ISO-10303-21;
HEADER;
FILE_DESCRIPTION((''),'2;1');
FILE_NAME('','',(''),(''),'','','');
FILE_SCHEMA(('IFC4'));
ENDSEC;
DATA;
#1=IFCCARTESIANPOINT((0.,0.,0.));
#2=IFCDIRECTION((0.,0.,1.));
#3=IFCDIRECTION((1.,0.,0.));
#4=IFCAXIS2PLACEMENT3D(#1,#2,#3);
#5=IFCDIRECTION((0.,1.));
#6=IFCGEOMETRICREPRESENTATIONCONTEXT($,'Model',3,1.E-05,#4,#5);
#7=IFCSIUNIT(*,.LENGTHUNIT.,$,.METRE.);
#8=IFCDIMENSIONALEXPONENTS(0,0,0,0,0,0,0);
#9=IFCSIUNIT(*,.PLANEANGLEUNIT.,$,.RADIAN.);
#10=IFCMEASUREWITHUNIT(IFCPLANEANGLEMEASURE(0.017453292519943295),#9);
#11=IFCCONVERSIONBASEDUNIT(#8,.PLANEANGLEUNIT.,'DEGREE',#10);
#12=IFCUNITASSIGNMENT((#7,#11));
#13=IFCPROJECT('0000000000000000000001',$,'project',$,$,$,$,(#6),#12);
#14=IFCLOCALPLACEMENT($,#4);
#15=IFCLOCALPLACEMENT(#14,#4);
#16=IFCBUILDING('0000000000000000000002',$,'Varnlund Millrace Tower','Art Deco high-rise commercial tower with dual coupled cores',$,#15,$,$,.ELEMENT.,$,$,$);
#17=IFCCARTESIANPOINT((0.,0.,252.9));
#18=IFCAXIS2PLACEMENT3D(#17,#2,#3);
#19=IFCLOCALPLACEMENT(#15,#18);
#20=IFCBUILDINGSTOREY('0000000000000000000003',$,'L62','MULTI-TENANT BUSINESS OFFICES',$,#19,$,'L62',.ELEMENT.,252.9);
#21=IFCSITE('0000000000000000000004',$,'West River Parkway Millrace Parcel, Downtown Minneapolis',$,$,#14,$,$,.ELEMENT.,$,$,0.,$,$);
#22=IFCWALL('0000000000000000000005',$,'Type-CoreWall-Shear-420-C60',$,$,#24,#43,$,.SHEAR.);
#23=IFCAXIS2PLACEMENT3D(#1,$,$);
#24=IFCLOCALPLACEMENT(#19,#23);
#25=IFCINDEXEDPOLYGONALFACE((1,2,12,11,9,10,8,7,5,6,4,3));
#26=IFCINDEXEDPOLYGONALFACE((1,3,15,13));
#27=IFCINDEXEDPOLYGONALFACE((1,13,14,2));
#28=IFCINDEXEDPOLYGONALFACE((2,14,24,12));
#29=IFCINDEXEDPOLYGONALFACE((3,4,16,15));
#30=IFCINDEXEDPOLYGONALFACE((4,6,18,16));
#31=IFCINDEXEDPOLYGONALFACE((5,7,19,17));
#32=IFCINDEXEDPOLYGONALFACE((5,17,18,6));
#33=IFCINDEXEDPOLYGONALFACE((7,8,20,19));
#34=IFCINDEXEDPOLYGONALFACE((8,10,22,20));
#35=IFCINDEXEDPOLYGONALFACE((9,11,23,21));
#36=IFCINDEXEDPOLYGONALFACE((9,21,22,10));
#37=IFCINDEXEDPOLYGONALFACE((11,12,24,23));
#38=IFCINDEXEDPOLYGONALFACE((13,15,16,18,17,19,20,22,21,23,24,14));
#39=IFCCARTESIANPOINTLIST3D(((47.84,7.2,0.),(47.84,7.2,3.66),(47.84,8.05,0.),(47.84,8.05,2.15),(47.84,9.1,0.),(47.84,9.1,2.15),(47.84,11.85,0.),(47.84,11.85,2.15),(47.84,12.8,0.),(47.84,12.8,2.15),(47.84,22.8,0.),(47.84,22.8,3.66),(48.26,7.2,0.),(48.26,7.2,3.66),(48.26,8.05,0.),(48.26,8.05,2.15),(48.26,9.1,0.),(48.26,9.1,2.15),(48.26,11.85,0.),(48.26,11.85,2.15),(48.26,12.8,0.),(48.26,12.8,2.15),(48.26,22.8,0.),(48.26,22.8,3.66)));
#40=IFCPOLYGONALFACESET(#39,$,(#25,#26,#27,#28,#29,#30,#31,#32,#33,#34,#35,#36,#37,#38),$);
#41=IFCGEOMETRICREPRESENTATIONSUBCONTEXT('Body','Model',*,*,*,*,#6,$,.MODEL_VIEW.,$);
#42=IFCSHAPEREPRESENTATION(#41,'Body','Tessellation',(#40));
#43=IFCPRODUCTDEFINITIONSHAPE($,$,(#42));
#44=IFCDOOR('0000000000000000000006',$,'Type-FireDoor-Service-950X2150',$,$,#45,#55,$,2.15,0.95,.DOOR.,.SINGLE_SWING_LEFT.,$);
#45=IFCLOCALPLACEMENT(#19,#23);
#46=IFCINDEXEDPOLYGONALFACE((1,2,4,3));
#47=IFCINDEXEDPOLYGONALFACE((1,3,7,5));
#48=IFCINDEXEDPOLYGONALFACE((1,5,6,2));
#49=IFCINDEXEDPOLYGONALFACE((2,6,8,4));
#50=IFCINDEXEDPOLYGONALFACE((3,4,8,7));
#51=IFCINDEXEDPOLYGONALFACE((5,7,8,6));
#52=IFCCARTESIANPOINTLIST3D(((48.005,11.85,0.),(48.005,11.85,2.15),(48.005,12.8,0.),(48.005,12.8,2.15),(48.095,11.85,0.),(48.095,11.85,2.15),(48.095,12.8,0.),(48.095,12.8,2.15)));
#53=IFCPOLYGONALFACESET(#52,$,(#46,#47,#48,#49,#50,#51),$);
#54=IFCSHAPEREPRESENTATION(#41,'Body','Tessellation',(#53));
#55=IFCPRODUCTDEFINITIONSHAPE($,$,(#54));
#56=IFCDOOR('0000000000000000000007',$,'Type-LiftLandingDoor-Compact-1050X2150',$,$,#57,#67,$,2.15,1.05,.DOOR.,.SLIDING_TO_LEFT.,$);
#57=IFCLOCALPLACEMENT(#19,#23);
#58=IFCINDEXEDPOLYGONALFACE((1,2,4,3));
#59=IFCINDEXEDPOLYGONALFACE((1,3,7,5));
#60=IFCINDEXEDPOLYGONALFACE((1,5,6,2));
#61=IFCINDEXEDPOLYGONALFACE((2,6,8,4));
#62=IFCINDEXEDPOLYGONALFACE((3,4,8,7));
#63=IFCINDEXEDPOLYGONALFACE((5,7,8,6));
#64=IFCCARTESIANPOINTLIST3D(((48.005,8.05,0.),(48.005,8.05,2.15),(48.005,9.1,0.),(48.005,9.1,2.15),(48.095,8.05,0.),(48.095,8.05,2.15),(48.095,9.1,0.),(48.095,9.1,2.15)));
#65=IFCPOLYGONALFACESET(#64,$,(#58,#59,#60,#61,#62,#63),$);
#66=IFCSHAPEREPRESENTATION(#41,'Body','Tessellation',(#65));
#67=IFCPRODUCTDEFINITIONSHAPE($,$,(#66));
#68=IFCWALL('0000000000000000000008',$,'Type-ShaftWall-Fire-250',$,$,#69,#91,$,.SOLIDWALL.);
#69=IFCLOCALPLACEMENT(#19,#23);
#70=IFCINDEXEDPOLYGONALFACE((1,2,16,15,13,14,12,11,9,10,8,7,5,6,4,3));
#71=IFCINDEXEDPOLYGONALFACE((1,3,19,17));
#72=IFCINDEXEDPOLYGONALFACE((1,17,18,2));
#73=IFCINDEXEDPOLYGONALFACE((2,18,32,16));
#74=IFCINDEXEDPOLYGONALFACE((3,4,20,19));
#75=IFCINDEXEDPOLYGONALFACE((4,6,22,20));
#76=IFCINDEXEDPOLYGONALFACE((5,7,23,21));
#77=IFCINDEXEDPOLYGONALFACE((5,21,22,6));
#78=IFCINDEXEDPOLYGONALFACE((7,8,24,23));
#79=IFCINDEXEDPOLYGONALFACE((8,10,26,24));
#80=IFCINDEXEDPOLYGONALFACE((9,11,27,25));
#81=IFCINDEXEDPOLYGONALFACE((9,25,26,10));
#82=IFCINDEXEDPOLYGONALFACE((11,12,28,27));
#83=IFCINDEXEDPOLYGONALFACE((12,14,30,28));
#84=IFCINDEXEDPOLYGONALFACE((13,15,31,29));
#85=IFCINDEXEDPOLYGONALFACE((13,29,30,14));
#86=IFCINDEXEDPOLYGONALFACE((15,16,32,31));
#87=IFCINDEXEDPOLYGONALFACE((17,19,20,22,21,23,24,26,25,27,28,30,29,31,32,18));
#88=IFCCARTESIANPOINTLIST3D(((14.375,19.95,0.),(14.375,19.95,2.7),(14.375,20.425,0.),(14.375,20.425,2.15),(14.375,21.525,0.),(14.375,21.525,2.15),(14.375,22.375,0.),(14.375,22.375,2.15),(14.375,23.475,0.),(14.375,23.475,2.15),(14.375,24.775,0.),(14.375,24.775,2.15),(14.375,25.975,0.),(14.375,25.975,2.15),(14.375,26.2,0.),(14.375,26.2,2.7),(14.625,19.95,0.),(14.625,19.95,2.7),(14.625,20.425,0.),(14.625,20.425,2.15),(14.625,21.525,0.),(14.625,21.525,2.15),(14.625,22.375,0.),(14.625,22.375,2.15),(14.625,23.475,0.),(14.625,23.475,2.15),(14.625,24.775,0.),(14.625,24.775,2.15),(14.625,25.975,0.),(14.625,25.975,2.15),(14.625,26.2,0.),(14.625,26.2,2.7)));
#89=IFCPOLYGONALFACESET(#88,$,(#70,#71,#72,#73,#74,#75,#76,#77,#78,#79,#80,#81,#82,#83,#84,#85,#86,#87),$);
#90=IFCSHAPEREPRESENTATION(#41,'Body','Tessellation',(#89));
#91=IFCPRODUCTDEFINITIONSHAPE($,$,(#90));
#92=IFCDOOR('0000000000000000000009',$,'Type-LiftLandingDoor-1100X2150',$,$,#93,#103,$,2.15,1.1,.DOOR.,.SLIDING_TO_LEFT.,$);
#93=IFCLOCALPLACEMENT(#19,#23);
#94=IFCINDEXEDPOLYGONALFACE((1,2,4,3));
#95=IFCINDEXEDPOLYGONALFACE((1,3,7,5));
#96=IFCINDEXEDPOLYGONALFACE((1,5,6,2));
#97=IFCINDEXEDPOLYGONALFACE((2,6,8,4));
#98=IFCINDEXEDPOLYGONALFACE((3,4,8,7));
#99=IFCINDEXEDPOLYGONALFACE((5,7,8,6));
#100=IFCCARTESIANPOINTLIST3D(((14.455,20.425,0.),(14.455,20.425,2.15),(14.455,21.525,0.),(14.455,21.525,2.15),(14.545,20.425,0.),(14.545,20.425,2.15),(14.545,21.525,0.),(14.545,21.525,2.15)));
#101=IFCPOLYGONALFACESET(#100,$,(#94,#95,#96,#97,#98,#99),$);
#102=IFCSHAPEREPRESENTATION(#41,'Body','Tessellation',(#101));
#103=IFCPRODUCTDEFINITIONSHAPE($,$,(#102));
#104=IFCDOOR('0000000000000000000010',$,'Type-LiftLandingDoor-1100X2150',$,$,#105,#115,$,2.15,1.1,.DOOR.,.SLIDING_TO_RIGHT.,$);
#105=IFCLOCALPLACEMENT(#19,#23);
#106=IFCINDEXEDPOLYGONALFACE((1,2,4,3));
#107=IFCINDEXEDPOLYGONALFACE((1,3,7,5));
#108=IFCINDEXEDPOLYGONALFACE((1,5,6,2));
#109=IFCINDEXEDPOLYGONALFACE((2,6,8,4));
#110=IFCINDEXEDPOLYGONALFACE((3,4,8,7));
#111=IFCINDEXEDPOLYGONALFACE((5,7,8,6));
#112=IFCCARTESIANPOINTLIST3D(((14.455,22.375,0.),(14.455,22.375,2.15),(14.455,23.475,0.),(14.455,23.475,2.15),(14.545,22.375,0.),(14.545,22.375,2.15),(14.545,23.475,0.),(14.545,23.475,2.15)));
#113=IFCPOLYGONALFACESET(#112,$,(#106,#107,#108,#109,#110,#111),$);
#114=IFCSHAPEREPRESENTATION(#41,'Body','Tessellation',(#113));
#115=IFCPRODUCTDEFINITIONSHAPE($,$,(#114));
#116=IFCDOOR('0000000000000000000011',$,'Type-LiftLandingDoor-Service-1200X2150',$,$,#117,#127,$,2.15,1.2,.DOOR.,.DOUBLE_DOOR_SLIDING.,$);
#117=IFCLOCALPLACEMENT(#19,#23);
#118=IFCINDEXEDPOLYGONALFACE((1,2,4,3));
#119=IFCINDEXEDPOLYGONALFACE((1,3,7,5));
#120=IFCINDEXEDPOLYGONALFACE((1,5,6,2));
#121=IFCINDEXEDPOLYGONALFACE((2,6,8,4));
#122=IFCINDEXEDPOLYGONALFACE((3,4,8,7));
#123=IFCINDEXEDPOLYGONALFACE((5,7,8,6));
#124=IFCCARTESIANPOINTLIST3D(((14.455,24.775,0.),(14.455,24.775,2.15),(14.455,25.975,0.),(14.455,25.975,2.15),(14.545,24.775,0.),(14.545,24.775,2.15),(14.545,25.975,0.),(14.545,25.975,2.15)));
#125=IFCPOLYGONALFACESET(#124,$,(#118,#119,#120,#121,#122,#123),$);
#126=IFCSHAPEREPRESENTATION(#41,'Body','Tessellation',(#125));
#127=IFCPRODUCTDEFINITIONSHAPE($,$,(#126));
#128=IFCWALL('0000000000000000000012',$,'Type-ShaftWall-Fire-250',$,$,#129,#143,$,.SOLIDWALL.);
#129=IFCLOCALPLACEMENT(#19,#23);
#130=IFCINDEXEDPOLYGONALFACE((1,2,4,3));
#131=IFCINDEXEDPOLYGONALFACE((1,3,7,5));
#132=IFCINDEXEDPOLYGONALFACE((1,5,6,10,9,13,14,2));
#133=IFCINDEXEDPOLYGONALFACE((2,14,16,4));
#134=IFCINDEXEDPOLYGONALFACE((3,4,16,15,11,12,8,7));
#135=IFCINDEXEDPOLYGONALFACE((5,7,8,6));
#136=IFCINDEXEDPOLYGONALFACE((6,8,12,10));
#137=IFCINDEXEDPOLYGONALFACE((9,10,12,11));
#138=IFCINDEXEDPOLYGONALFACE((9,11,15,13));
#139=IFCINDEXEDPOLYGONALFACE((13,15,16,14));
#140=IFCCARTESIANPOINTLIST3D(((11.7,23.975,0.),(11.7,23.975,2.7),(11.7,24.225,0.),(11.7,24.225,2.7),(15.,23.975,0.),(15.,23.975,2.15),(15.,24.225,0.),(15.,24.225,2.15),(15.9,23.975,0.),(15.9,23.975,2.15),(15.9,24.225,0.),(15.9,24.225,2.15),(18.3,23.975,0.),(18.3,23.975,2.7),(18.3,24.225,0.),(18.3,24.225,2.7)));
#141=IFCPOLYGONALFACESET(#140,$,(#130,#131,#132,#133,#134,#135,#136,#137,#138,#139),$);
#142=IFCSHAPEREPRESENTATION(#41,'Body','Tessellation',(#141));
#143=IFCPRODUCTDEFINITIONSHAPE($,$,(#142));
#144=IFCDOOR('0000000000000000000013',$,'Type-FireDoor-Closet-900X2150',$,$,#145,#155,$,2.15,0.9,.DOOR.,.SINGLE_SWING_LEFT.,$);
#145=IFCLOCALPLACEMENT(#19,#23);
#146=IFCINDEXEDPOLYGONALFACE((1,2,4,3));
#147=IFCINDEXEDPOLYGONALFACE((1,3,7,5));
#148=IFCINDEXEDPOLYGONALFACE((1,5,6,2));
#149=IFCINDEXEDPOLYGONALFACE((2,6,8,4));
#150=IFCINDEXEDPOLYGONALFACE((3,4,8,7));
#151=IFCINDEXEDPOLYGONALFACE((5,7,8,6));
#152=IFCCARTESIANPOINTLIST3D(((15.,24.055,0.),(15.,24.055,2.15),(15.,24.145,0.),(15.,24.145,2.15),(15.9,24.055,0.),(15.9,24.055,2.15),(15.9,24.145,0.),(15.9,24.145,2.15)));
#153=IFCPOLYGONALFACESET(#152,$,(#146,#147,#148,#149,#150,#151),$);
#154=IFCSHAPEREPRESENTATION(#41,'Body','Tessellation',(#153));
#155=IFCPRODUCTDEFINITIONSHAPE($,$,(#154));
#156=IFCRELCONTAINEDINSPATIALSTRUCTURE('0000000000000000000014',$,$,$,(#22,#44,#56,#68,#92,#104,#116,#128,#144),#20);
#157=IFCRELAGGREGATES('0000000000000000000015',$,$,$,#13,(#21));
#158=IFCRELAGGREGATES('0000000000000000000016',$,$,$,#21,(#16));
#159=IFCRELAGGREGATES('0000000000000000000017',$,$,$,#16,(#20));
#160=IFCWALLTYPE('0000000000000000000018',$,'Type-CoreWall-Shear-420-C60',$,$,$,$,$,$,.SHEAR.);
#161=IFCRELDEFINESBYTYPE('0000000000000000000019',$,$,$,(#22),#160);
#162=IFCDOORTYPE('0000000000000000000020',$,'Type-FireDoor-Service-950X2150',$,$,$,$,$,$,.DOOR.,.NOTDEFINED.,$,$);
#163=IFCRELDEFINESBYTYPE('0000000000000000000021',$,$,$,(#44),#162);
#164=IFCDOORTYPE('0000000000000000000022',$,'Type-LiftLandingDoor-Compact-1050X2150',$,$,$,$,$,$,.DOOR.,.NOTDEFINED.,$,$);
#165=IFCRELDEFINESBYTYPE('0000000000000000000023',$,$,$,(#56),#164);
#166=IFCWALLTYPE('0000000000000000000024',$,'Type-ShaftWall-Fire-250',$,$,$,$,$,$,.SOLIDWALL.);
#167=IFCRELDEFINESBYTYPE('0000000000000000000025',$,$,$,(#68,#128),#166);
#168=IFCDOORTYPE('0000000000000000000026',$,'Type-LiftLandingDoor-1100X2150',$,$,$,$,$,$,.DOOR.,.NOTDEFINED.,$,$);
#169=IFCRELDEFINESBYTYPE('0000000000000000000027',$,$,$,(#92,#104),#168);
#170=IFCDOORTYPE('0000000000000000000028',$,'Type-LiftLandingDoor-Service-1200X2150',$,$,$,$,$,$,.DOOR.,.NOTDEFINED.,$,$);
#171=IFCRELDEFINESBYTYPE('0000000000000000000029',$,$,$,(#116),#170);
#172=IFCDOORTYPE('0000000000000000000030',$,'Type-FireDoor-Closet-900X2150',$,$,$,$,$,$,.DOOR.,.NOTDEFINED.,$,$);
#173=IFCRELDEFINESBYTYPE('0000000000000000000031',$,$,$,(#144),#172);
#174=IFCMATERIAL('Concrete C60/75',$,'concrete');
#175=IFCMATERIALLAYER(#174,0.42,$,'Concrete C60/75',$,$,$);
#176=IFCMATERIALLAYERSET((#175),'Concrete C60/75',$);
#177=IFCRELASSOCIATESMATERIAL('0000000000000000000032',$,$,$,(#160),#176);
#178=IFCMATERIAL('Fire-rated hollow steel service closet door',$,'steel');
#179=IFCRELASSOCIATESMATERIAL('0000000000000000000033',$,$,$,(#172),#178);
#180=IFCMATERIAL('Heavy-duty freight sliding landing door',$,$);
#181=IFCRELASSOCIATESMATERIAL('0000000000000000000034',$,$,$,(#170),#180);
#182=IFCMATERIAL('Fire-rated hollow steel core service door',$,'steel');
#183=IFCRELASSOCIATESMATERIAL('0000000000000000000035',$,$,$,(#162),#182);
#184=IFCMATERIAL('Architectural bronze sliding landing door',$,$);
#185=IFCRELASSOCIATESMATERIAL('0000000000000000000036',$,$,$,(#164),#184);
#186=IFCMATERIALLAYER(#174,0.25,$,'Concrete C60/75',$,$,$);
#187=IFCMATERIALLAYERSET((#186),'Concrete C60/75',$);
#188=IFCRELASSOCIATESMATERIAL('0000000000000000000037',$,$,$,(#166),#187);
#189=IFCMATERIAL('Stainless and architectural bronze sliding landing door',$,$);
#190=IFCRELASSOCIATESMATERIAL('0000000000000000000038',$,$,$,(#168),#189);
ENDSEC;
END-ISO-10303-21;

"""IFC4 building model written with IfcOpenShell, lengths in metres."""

from ifc_helpers import new_model, entity, si_unit, converted_unit, direction, frame, origin_with_axes, origin_2d_with_axis, place, context, subcontext, project, spatial, polyline, rectangle, outline, extrude, material, layer, layer_set, type_object, element, fill, save


model = new_model("IFC4")

# Units and contexts
model_context = context("Model", 3, precision=1e-05, world=origin_with_axes(), true_north=direction((0.0, 1.0)))
body_context = subcontext(model_context, "Body", "Model", "MODEL_VIEW")
ifc_project = project(units=[si_unit("LENGTHUNIT", "METRE"), converted_unit("PLANEANGLEUNIT", "DEGREE", entity("IfcPlaneAngleMeasure", 0.017453292519943295), si_unit("PLANEANGLEUNIT", "RADIAN"), dimensions=[0, 0, 0, 0, 0, 0, 0])], contexts=[model_context])

# Site, building, storey
site_placement = place(None, origin_with_axes())
site = spatial("IfcSite", under=ifc_project, at=site_placement, Name="West River Parkway Millrace Parcel, Downtown Minneapolis", CompositionType="ELEMENT", RefElevation=0.0)
building_placement = place(site_placement, origin_with_axes())
building = spatial("IfcBuilding", under=site, at=building_placement, Name="Varnlund Millrace Tower", Description="Art Deco high-rise commercial tower with dual coupled cores", CompositionType="ELEMENT")
storey_placement = place(building_placement, frame((0.0, 0.0, 252.9), z_axis=(0.0, 0.0, 1.0), x_axis=(1.0, 0.0, 0.0)))
storey = spatial("IfcBuildingStorey", under=building, at=storey_placement, Name="L62", Description="MULTI-TENANT BUSINESS OFFICES", LongName="L62", CompositionType="ELEMENT", Elevation=252.9)

# Shared definitions
ifc_material_1 = material(Name="Concrete C60/75", Category="concrete")
ifc_layer_1 = layer(ifc_material_1, 0.42, Name="Concrete C60/75")
ifc_layer_set_1 = layer_set([ifc_layer_1], Name="Concrete C60/75")
wall_type_1 = type_object("IfcWallType", Name="Type-CoreWall-Shear-420-C60", PredefinedType="SHEAR", material=ifc_layer_set_1)
ifc_material_2 = material(Name="Fire-rated hollow steel service closet door", Category="steel")
door_type_1 = type_object("IfcDoorType", Name="Type-FireDoor-Closet-900X2150", OperationType="NOTDEFINED", PredefinedType="DOOR", material=ifc_material_2)
ifc_material_3 = material(Name="Heavy-duty freight sliding landing door")
door_type_2 = type_object("IfcDoorType", Name="Type-LiftLandingDoor-Service-1200X2150", OperationType="NOTDEFINED", PredefinedType="DOOR", material=ifc_material_3)

# Walls, openings, doors
wall_1_placement = place(storey_placement, frame((48.05, 7.2, 0.0), z_axis=(0.0, 0.0, 1.0), x_axis=(0.0, 1.0, 0.0)))
wall_1 = element("IfcWall", 1, at=wall_1_placement, inside=storey, type_object=wall_type_1, Name="Type-CoreWall-Shear-420-C60", PredefinedType="SHEAR", context=body_context, shape_type="SweptSolid", body=[
    extrude(outline(polyline([(0.0, -0.21), (15.6, -0.21), (15.6, 0.21), (0.0, 0.21), (0.0, -0.21)])), origin_with_axes(), (0.0, 0.0, 1.0), 3.66),
])
opening_1_placement = place(wall_1_placement, frame((1.375, 0.0, 0.0), z_axis=(0.0, 0.0, 1.0), x_axis=(1.0, 0.0, 0.0)))
opening_1 = element("IfcOpeningElement", 2, at=opening_1_placement, cuts=wall_1, PredefinedType="OPENING", context=body_context, shape_type="SweptSolid", body=[
    extrude(rectangle(XDim=1.05, YDim=0.44, at=origin_2d_with_axis()), origin_with_axes(), (0.0, 0.0, 1.0), 2.15),
])
opening_2_placement = place(wall_1_placement, frame((5.125, 0.0, 0.0), z_axis=(0.0, 0.0, 1.0), x_axis=(1.0, 0.0, 0.0)))
opening_2 = element("IfcOpeningElement", 3, at=opening_2_placement, cuts=wall_1, PredefinedType="OPENING", context=body_context, shape_type="SweptSolid", body=[
    extrude(rectangle(XDim=0.95, YDim=0.44, at=origin_2d_with_axis()), origin_with_axes(), (0.0, 0.0, 1.0), 2.15),
])
ifc_material_4 = material(Name="Fire-rated hollow steel core service door", Category="steel")
door_type_3 = type_object("IfcDoorType", Name="Type-FireDoor-Service-950X2150", OperationType="NOTDEFINED", PredefinedType="DOOR", material=ifc_material_4)
door_1_placement = place(wall_1_placement, frame((5.125, 0.0, 0.0), z_axis=(0.0, 0.0, 1.0), x_axis=(1.0, 0.0, 0.0)))
door_1 = element("IfcDoor", 4, at=door_1_placement, inside=storey, type_object=door_type_3, Name="Type-FireDoor-Service-950X2150", OperationType="SINGLE_SWING_LEFT", OverallHeight=2.15, OverallWidth=0.95, PredefinedType="DOOR", context=body_context, shape_type="SweptSolid", body=[
    extrude(rectangle(XDim=0.95, YDim=0.09, at=origin_2d_with_axis()), origin_with_axes(), (0.0, 0.0, 1.0), 2.15),
])
fill(opening_2, door_1)
ifc_material_5 = material(Name="Architectural bronze sliding landing door")
door_type_4 = type_object("IfcDoorType", Name="Type-LiftLandingDoor-Compact-1050X2150", OperationType="NOTDEFINED", PredefinedType="DOOR", material=ifc_material_5)
door_2_placement = place(wall_1_placement, frame((1.375, 0.0, 0.0), z_axis=(0.0, 0.0, 1.0), x_axis=(1.0, 0.0, 0.0)))
door_2 = element("IfcDoor", 5, at=door_2_placement, inside=storey, type_object=door_type_4, Name="Type-LiftLandingDoor-Compact-1050X2150", OperationType="SLIDING_TO_LEFT", OverallHeight=2.15, OverallWidth=1.05, PredefinedType="DOOR", context=body_context, shape_type="SweptSolid", body=[
    extrude(rectangle(XDim=1.05, YDim=0.09, at=origin_2d_with_axis()), origin_with_axes(), (0.0, 0.0, 1.0), 2.15),
])
fill(opening_1, door_2)
ifc_layer_2 = layer(ifc_material_1, 0.25, Name="Concrete C60/75")
ifc_layer_set_2 = layer_set([ifc_layer_2], Name="Concrete C60/75")
wall_type_2 = type_object("IfcWallType", Name="Type-ShaftWall-Fire-250", PredefinedType="SOLIDWALL", material=ifc_layer_set_2)
wall_2_placement = place(storey_placement, frame((14.5, 19.95, 0.0), z_axis=(0.0, 0.0, 1.0), x_axis=(0.0, 1.0, 0.0)))
wall_2 = element("IfcWall", 6, at=wall_2_placement, inside=storey, type_object=wall_type_2, Name="Type-ShaftWall-Fire-250", PredefinedType="SOLIDWALL", context=body_context, shape_type="SweptSolid", body=[
    extrude(outline(polyline([(0.0, -0.125), (6.25, -0.125), (6.25, 0.125), (0.0, 0.125), (0.0, -0.125)])), origin_with_axes(), (0.0, 0.0, 1.0), 2.7),
])
opening_3_placement = place(wall_2_placement, frame((1.025, 0.0, 0.0), z_axis=(0.0, 0.0, 1.0), x_axis=(1.0, 0.0, 0.0)))
opening_3 = element("IfcOpeningElement", 7, at=opening_3_placement, cuts=wall_2, PredefinedType="OPENING", context=body_context, shape_type="SweptSolid", body=[
    extrude(rectangle(XDim=1.1, YDim=0.27, at=origin_2d_with_axis()), origin_with_axes(), (0.0, 0.0, 1.0), 2.15),
])
opening_4_placement = place(wall_2_placement, frame((2.975, 0.0, 0.0), z_axis=(0.0, 0.0, 1.0), x_axis=(1.0, 0.0, 0.0)))
opening_4 = element("IfcOpeningElement", 8, at=opening_4_placement, cuts=wall_2, PredefinedType="OPENING", context=body_context, shape_type="SweptSolid", body=[
    extrude(rectangle(XDim=1.1, YDim=0.27, at=origin_2d_with_axis()), origin_with_axes(), (0.0, 0.0, 1.0), 2.15),
])
opening_5_placement = place(wall_2_placement, frame((5.425, 0.0, 0.0), z_axis=(0.0, 0.0, 1.0), x_axis=(1.0, 0.0, 0.0)))
opening_5 = element("IfcOpeningElement", 9, at=opening_5_placement, cuts=wall_2, PredefinedType="OPENING", context=body_context, shape_type="SweptSolid", body=[
    extrude(rectangle(XDim=1.2, YDim=0.27, at=origin_2d_with_axis()), origin_with_axes(), (0.0, 0.0, 1.0), 2.15),
])
ifc_material_6 = material(Name="Stainless and architectural bronze sliding landing door")
door_type_5 = type_object("IfcDoorType", Name="Type-LiftLandingDoor-1100X2150", OperationType="NOTDEFINED", PredefinedType="DOOR", material=ifc_material_6)
door_3_placement = place(wall_2_placement, frame((1.025, 0.0, 0.0), z_axis=(0.0, 0.0, 1.0), x_axis=(1.0, 0.0, 0.0)))
door_3 = element("IfcDoor", 10, at=door_3_placement, inside=storey, type_object=door_type_5, Name="Type-LiftLandingDoor-1100X2150", OperationType="SLIDING_TO_LEFT", OverallHeight=2.15, OverallWidth=1.1, PredefinedType="DOOR", context=body_context, shape_type="SweptSolid", body=[
    extrude(rectangle(XDim=1.1, YDim=0.09, at=origin_2d_with_axis()), origin_with_axes(), (0.0, 0.0, 1.0), 2.15),
])
fill(opening_3, door_3)
door_4_placement = place(wall_2_placement, frame((2.975, 0.0, 0.0), z_axis=(0.0, 0.0, 1.0), x_axis=(1.0, 0.0, 0.0)))
door_4 = element("IfcDoor", 11, at=door_4_placement, inside=storey, type_object=door_type_5, Name="Type-LiftLandingDoor-1100X2150", OperationType="SLIDING_TO_RIGHT", OverallHeight=2.15, OverallWidth=1.1, PredefinedType="DOOR", context=body_context, shape_type="SweptSolid", body=[
    extrude(rectangle(XDim=1.1, YDim=0.09, at=origin_2d_with_axis()), origin_with_axes(), (0.0, 0.0, 1.0), 2.15),
])
fill(opening_4, door_4)
door_5_placement = place(wall_2_placement, frame((5.425, 0.0, 0.0), z_axis=(0.0, 0.0, 1.0), x_axis=(1.0, 0.0, 0.0)))
door_5 = element("IfcDoor", 12, at=door_5_placement, inside=storey, type_object=door_type_2, Name="Type-LiftLandingDoor-Service-1200X2150", OperationType="DOUBLE_DOOR_SLIDING", OverallHeight=2.15, OverallWidth=1.2, PredefinedType="DOOR", context=body_context, shape_type="SweptSolid", body=[
    extrude(rectangle(XDim=1.2, YDim=0.09, at=origin_2d_with_axis()), origin_with_axes(), (0.0, 0.0, 1.0), 2.15),
])
fill(opening_5, door_5)

# Wall, opening, door
wall_3_placement = place(storey_placement, frame((11.7, 24.1, 0.0), z_axis=(0.0, 0.0, 1.0), x_axis=(1.0, 0.0, 0.0)))
wall_3 = element("IfcWall", 13, at=wall_3_placement, inside=storey, type_object=wall_type_2, Name="Type-ShaftWall-Fire-250", PredefinedType="SOLIDWALL", context=body_context, shape_type="SweptSolid", body=[
    extrude(outline(polyline([(0.0, -0.125), (6.6, -0.125), (6.6, 0.125), (0.0, 0.125), (0.0, -0.125)])), origin_with_axes(), (0.0, 0.0, 1.0), 2.7),
])
opening_6_placement = place(wall_3_placement, frame((3.75, 0.0, 0.0), z_axis=(0.0, 0.0, 1.0), x_axis=(1.0, 0.0, 0.0)))
opening_6 = element("IfcOpeningElement", 14, at=opening_6_placement, cuts=wall_3, PredefinedType="OPENING", context=body_context, shape_type="SweptSolid", body=[
    extrude(rectangle(XDim=0.9, YDim=0.27, at=origin_2d_with_axis()), origin_with_axes(), (0.0, 0.0, 1.0), 2.15),
])
door_6_placement = place(wall_3_placement, frame((3.75, 0.0, 0.0), z_axis=(0.0, 0.0, 1.0), x_axis=(1.0, 0.0, 0.0)))
door_6 = element("IfcDoor", 15, at=door_6_placement, inside=storey, type_object=door_type_1, Name="Type-FireDoor-Closet-900X2150", OperationType="SINGLE_SWING_LEFT", OverallHeight=2.15, OverallWidth=0.9, PredefinedType="DOOR", context=body_context, shape_type="SweptSolid", body=[
    extrude(rectangle(XDim=0.9, YDim=0.09, at=origin_2d_with_axis()), origin_with_axes(), (0.0, 0.0, 1.0), 2.15),
])
fill(opening_6, door_6)

save(model, "model.ifc")
